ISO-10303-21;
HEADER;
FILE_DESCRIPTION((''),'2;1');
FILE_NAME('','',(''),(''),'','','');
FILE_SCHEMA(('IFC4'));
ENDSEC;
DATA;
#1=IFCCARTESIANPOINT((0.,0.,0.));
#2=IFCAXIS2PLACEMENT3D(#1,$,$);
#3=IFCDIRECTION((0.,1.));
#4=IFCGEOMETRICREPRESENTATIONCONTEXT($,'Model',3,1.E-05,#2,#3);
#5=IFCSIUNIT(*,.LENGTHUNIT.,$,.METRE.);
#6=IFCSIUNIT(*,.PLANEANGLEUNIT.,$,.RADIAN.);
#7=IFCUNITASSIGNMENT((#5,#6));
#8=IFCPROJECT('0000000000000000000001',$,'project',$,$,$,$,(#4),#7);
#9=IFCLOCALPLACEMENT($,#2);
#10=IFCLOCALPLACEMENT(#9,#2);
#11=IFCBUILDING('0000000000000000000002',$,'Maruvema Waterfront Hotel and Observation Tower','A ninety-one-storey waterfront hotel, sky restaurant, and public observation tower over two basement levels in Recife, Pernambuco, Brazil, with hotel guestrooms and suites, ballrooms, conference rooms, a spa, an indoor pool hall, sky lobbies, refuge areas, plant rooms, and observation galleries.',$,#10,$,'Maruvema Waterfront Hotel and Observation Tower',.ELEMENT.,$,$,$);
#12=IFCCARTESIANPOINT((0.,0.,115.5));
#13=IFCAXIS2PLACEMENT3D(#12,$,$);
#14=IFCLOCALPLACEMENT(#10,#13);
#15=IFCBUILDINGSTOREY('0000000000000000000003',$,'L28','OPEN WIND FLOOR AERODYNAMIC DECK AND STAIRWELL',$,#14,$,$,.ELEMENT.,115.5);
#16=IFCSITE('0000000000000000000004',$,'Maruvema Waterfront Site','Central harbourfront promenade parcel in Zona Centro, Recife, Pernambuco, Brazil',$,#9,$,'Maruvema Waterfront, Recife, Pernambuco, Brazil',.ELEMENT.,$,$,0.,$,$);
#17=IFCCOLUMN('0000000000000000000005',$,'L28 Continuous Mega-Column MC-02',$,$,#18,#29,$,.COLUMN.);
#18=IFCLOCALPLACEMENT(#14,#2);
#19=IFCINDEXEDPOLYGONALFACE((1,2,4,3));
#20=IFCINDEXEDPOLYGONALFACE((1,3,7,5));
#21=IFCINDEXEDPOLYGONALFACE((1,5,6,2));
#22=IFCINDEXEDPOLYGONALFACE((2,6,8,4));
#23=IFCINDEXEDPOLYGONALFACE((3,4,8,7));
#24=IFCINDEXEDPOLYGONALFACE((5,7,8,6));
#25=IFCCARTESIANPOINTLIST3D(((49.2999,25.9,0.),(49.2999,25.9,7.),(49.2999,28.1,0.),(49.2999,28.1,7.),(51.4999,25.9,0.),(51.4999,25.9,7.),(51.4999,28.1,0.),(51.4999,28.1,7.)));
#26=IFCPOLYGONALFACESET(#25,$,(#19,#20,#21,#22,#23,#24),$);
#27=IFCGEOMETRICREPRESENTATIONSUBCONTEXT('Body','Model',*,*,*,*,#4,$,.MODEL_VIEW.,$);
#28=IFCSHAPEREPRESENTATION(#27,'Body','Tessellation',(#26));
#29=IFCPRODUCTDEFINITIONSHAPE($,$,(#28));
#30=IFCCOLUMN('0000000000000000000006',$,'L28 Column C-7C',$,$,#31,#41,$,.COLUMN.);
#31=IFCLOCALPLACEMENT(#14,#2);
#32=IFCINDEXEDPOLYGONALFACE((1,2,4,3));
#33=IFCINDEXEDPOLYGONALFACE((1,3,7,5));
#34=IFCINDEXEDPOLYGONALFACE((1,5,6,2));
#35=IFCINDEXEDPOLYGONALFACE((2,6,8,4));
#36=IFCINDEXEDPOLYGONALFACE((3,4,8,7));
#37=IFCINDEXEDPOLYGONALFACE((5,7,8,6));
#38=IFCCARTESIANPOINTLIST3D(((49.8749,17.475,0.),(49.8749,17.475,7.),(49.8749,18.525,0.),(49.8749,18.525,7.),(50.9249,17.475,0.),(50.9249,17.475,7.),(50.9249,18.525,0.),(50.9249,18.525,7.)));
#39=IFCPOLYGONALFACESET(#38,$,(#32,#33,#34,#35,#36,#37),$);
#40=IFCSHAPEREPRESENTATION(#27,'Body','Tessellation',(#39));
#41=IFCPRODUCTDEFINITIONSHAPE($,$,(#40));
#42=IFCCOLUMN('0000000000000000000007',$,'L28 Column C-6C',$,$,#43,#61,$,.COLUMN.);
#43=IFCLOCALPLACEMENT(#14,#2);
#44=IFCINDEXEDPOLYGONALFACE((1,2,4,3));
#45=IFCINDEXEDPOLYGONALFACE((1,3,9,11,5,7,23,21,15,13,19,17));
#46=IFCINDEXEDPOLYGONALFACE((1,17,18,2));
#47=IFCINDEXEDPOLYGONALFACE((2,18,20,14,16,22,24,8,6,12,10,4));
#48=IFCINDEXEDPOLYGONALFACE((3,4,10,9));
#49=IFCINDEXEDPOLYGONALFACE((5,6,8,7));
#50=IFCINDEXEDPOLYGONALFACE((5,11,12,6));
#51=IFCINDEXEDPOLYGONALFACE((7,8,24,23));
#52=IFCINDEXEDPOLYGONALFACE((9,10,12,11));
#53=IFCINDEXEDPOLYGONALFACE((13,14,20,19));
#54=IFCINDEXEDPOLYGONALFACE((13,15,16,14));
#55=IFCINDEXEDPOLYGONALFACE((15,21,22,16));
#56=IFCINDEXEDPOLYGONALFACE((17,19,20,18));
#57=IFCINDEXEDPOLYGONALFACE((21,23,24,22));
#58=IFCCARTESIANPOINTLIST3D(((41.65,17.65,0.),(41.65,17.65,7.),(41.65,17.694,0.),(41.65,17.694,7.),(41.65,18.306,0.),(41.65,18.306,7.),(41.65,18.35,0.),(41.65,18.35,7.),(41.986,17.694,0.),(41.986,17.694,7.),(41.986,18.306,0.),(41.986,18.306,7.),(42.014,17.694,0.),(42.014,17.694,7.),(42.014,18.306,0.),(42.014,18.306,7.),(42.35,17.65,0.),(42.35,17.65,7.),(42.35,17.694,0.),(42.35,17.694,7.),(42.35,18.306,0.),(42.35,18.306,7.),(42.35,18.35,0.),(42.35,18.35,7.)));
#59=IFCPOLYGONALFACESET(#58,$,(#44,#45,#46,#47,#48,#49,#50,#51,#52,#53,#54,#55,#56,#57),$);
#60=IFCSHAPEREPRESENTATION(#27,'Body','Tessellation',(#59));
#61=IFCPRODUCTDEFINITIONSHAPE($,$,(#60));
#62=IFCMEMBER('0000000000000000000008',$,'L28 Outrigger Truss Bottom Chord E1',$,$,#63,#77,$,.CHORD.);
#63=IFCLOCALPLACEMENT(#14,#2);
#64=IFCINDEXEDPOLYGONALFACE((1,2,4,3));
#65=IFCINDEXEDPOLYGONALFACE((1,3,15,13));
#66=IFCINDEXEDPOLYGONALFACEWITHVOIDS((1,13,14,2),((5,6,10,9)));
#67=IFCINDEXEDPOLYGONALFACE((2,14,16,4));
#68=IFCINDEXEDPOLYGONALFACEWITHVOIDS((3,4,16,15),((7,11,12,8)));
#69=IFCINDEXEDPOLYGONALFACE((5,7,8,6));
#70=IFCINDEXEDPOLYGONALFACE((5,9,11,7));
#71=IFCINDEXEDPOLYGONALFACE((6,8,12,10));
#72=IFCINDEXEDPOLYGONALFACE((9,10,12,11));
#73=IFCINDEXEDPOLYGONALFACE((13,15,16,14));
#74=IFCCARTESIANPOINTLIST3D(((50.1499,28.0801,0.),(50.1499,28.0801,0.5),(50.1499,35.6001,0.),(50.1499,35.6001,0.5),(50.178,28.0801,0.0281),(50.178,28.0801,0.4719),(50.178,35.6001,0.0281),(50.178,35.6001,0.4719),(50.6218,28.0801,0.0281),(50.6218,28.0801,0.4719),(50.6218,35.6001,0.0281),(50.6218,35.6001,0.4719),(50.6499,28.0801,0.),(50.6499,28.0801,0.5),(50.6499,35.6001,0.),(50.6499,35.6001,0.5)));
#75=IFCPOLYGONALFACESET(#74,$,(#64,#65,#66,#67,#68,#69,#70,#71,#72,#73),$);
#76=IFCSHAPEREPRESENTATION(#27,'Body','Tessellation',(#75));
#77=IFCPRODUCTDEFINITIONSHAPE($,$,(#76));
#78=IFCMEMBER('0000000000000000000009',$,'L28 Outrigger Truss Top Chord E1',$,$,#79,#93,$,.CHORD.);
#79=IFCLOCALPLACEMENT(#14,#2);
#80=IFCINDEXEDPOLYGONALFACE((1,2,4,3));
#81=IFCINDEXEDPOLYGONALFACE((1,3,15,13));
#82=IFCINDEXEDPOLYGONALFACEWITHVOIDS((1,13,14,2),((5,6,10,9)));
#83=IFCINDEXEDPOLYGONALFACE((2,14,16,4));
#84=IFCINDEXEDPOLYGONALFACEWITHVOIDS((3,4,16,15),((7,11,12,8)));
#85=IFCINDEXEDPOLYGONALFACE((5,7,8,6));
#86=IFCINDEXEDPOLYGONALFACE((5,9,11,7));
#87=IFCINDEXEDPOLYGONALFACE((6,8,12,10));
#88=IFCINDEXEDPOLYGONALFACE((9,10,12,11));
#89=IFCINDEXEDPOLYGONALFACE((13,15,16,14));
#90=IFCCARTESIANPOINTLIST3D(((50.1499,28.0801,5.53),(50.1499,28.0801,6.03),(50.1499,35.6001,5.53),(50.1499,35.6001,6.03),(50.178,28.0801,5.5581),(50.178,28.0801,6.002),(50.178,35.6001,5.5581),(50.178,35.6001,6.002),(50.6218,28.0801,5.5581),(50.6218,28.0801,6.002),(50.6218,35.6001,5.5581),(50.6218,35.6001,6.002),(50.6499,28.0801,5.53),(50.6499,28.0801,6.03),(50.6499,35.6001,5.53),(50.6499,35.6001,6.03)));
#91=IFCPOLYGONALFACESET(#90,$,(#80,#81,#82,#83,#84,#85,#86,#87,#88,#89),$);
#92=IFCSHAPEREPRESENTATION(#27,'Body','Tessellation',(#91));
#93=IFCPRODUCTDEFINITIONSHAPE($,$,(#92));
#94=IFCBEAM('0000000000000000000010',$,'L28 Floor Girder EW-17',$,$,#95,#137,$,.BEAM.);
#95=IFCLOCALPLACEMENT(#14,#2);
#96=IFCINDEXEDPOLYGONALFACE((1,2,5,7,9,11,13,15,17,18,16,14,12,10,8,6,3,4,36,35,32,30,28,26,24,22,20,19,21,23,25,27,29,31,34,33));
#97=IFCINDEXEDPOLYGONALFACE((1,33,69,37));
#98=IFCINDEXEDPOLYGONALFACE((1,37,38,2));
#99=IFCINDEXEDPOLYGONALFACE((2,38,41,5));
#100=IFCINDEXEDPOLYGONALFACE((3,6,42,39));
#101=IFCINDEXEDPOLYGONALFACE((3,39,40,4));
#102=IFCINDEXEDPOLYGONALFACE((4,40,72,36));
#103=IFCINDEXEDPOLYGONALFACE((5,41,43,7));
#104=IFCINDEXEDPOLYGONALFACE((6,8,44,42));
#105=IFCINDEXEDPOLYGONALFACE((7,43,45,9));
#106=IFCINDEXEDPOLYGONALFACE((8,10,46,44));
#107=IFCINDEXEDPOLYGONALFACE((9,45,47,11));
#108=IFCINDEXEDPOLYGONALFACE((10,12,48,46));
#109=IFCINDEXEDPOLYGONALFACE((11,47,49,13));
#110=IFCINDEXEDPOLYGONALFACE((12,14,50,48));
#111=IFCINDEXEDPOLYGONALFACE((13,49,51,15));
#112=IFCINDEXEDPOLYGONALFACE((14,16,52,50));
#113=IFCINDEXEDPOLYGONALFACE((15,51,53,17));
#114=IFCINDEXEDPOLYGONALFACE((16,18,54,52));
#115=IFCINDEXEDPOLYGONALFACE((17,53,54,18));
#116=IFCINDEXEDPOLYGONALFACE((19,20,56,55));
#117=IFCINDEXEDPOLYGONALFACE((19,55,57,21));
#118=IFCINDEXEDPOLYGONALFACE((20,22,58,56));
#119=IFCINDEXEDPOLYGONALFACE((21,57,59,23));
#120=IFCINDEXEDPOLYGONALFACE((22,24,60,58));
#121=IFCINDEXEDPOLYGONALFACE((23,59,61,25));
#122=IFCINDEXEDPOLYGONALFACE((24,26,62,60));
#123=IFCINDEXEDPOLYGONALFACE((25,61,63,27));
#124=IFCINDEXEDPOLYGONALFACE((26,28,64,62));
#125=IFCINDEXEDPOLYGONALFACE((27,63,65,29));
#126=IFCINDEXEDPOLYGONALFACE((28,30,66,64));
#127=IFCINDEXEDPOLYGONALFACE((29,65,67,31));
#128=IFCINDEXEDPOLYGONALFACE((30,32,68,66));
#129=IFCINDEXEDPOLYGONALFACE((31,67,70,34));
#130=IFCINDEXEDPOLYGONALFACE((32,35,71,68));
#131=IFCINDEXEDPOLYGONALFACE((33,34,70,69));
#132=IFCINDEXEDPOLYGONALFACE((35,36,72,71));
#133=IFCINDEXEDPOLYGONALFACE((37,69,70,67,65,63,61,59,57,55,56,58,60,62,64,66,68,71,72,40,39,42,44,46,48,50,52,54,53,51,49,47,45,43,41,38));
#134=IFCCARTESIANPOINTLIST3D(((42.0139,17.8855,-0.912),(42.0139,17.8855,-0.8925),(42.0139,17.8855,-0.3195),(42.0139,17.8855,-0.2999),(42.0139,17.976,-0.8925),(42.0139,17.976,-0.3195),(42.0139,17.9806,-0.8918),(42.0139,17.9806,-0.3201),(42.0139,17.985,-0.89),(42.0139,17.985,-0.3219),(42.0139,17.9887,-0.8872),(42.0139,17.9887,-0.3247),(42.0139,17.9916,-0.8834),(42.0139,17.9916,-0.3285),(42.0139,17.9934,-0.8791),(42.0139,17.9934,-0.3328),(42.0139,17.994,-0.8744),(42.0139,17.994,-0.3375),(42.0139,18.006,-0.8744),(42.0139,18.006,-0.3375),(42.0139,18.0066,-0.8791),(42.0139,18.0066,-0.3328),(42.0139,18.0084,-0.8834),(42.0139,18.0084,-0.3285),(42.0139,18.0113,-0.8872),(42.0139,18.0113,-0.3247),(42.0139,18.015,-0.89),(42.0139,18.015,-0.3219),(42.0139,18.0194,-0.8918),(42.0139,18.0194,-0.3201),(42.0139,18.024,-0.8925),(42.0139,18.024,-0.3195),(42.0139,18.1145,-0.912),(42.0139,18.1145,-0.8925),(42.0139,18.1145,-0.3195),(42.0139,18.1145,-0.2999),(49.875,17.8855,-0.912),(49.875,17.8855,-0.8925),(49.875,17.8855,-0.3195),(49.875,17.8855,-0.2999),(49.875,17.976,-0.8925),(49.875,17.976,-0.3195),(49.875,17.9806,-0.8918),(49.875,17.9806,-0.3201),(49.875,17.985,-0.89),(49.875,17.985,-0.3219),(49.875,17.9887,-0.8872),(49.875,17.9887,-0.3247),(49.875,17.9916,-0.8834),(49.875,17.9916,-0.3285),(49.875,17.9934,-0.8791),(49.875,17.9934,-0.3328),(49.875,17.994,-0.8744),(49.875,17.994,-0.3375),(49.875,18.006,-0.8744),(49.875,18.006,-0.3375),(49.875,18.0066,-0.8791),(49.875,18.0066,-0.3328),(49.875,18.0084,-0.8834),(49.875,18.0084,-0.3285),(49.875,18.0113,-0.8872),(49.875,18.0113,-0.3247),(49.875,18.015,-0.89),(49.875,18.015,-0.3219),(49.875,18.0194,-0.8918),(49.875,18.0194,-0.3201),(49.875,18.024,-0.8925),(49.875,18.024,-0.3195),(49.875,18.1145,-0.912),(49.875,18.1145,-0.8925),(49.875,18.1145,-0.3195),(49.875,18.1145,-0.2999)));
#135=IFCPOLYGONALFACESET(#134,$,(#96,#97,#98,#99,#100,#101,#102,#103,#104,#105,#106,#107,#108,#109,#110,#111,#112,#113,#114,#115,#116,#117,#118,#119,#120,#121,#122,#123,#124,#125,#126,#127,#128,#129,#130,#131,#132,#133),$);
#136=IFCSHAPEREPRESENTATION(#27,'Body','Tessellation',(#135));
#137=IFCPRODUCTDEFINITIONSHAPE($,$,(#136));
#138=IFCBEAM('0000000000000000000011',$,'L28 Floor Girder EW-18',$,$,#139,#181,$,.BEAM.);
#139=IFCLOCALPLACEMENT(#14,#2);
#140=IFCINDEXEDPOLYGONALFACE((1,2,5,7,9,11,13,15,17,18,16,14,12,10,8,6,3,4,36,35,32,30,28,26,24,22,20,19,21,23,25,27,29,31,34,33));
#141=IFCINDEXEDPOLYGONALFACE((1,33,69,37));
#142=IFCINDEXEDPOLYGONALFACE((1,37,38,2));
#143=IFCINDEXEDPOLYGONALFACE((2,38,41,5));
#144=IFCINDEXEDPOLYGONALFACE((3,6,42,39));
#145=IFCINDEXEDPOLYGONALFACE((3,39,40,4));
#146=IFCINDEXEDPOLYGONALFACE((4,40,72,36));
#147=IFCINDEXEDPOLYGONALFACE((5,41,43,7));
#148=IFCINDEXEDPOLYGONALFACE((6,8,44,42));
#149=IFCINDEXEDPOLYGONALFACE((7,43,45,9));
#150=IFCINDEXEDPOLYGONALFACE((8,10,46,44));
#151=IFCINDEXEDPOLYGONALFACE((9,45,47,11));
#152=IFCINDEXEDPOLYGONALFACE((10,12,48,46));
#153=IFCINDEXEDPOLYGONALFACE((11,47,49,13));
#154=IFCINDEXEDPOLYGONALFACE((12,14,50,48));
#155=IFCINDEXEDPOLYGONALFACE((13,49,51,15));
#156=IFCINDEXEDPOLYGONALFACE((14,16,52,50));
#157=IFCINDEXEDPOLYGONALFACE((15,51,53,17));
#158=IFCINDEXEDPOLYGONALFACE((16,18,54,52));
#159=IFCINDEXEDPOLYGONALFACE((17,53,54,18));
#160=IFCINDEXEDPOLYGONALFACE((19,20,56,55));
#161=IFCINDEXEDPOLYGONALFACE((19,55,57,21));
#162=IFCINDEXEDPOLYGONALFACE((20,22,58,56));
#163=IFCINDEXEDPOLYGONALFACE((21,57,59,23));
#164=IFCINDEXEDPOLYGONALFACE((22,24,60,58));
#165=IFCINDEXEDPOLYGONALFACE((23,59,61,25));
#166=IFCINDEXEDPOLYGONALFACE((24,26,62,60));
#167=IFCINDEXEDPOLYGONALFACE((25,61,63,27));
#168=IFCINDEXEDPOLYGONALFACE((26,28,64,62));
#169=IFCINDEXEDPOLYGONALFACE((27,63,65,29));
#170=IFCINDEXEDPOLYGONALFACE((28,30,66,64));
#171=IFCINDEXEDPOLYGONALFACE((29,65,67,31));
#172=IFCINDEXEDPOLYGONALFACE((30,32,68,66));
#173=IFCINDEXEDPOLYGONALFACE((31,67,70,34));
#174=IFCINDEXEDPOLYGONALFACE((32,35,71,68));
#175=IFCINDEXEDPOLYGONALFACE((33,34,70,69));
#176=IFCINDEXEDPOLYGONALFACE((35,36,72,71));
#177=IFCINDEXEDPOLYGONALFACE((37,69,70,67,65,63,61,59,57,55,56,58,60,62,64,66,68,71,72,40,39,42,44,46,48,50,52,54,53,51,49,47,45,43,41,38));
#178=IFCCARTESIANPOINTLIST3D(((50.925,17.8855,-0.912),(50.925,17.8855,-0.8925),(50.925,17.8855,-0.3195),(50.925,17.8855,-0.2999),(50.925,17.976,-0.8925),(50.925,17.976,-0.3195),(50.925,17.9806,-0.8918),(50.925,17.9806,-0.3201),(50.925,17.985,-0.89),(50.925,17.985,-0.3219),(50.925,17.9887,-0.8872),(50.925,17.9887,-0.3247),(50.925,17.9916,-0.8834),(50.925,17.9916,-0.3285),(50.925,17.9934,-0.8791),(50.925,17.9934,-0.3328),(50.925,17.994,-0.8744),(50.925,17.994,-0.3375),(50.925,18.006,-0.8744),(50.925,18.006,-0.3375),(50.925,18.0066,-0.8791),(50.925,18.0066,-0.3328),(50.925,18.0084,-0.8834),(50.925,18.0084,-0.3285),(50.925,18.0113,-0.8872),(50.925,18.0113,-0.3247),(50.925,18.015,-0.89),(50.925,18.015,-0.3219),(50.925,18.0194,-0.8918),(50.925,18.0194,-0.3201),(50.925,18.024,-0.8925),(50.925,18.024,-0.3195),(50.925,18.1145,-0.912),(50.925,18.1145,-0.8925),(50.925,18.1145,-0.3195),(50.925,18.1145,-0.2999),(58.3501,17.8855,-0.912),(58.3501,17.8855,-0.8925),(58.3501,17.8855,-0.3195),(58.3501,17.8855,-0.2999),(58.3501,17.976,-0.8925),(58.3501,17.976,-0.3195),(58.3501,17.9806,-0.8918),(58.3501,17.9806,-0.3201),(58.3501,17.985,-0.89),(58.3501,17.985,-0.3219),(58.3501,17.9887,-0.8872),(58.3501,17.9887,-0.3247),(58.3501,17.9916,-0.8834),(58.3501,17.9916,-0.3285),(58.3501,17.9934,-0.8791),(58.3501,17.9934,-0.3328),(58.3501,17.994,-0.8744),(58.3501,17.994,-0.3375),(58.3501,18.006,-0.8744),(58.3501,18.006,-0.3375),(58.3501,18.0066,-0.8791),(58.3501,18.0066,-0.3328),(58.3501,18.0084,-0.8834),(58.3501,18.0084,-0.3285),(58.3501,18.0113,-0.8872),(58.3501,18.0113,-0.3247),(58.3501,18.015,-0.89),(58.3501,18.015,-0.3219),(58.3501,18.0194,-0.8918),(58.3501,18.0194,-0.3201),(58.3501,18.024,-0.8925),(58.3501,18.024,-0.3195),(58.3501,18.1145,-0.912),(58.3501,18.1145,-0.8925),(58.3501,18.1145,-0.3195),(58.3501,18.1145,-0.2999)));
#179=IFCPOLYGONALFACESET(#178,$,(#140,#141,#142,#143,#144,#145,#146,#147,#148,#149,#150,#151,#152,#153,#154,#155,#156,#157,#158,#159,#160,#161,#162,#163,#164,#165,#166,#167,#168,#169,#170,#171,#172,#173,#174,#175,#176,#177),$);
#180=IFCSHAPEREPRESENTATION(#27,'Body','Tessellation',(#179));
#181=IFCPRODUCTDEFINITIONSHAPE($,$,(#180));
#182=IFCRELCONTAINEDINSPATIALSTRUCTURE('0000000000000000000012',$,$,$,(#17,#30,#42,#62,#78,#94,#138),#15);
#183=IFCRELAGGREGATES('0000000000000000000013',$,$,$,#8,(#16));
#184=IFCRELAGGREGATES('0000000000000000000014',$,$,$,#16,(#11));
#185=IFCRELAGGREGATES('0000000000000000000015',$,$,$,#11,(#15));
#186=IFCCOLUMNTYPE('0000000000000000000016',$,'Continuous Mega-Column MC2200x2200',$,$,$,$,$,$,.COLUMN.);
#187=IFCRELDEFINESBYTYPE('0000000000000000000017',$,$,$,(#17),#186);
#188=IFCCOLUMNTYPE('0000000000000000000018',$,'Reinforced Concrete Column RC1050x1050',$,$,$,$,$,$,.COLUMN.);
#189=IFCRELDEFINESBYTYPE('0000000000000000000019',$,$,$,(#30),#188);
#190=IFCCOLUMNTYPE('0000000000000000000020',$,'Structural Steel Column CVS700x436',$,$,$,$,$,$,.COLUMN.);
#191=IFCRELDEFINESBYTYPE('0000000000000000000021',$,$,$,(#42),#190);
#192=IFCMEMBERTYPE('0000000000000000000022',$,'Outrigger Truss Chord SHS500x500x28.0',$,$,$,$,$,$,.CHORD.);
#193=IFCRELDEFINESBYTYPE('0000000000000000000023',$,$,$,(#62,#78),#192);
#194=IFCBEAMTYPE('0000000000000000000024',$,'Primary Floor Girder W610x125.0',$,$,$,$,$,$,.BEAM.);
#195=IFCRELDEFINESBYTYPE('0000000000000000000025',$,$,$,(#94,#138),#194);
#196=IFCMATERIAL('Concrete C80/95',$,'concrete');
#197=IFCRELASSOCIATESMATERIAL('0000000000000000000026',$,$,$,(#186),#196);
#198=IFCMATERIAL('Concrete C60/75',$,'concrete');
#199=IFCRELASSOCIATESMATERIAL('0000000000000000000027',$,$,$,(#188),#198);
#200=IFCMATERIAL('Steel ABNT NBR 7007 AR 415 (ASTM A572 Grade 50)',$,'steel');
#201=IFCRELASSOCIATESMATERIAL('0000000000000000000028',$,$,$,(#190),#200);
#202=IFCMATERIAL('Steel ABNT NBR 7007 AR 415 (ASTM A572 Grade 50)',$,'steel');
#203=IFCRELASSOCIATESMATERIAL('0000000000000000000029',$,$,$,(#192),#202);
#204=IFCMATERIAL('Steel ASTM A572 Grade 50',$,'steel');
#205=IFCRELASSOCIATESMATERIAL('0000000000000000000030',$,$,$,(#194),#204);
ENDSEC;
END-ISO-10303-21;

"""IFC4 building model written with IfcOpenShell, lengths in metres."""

from ifc_helpers import new_model, si_unit, direction, frame, origin, origin_2d, place, context, subcontext, project, spatial, rectangle, hollow_rectangle, i_section, extrude, material, material_profile, profile_set, type_object, element, save


model = new_model("IFC4")

# Units and contexts
model_context = context("Model", 3, precision=1e-05, world=origin(), true_north=direction((0.0, 1.0)))
body_context = subcontext(model_context, "Body", "Model", "MODEL_VIEW")
ifc_project = project(units=[si_unit("LENGTHUNIT", "METRE"), si_unit("PLANEANGLEUNIT", "RADIAN")], contexts=[model_context])

# Site, building, storey
site_placement = place(None, origin())
site = spatial("IfcSite", under=ifc_project, at=site_placement, Name="Maruvema Waterfront Site", Description="Central harbourfront promenade parcel in Zona Centro, Recife, Pernambuco, Brazil", LongName="Maruvema Waterfront, Recife, Pernambuco, Brazil", CompositionType="ELEMENT", RefElevation=0.0)
building_placement = place(site_placement, origin())
building = spatial("IfcBuilding", under=site, at=building_placement, Name="Maruvema Waterfront Hotel and Observation Tower", Description="A ninety-one-storey waterfront hotel, sky restaurant, and public observation tower over two basement levels in Recife, Pernambuco, Brazil, with hotel guestrooms and suites, ballrooms, conference rooms, a spa, an indoor pool hall, sky lobbies, refuge areas, plant rooms, and observation galleries.", LongName="Maruvema Waterfront Hotel and Observation Tower", CompositionType="ELEMENT")
storey_placement = place(building_placement, frame((0.0, 0.0, 115.5)))
storey = spatial("IfcBuildingStorey", under=building, at=storey_placement, Name="L28", Description="OPEN WIND FLOOR AERODYNAMIC DECK AND STAIRWELL", CompositionType="ELEMENT", Elevation=115.5)

# Columns
ifc_material_1 = material(Name="Concrete C80/95", Category="concrete")
ifc_material_profile_1 = material_profile(ifc_material_1, rectangle(XDim=2.2, YDim=2.2, at=origin_2d()), Name="MC2200x2200")
ifc_profile_set_1 = profile_set([ifc_material_profile_1], Name="Concrete C80/95")
column_type_1 = type_object("IfcColumnType", Name="Continuous Mega-Column MC2200x2200", PredefinedType="COLUMN", material=ifc_profile_set_1)
column_1_placement = place(storey_placement, frame((50.3999, 27.0, 0.0), z_axis=(0.0, 0.0, 1.0), x_axis=(1.0, 0.0, 0.0)))
element("IfcColumn", 1, at=column_1_placement, inside=storey, type_object=column_type_1, Name="L28 Continuous Mega-Column MC-02", PredefinedType="COLUMN", context=body_context, shape_type="SweptSolid", body=[
    extrude(rectangle(XDim=2.2, YDim=2.2, at=origin_2d()), origin(), (0.0, 0.0, 1.0), 7.0),
])
ifc_material_2 = material(Name="Concrete C60/75", Category="concrete")
ifc_material_profile_2 = material_profile(ifc_material_2, rectangle(XDim=1.05, YDim=1.05, at=origin_2d()), Name="RC1050x1050")
ifc_profile_set_2 = profile_set([ifc_material_profile_2], Name="Concrete C60/75")
column_type_2 = type_object("IfcColumnType", Name="Reinforced Concrete Column RC1050x1050", PredefinedType="COLUMN", material=ifc_profile_set_2)
column_2_placement = place(storey_placement, frame((50.3999, 18.0, 0.0), z_axis=(0.0, 0.0, 1.0), x_axis=(1.0, 0.0, 0.0)))
element("IfcColumn", 2, at=column_2_placement, inside=storey, type_object=column_type_2, Name="L28 Column C-7C", PredefinedType="COLUMN", context=body_context, shape_type="SweptSolid", body=[
    extrude(rectangle(XDim=1.05, YDim=1.05, at=origin_2d()), origin(), (0.0, 0.0, 1.0), 7.0),
])
ifc_material_3 = material(Name="Steel ABNT NBR 7007 AR 415 (ASTM A572 Grade 50)", Category="steel")
ifc_material_profile_3 = material_profile(ifc_material_3, i_section(OverallWidth=0.7, OverallDepth=0.7, WebThickness=0.0281, FlangeThickness=0.0439, at=origin_2d()), Name="CVS700x436")
ifc_profile_set_3 = profile_set([ifc_material_profile_3], Name="Steel ABNT NBR 7007 AR 415 (ASTM A572 Grade 50)")
column_type_3 = type_object("IfcColumnType", Name="Structural Steel Column CVS700x436", PredefinedType="COLUMN", material=ifc_profile_set_3)
column_3_placement = place(storey_placement, frame((42.0, 18.0, 0.0), z_axis=(0.0, 0.0, 1.0), x_axis=(1.0, 0.0, 0.0)))
element("IfcColumn", 3, at=column_3_placement, inside=storey, type_object=column_type_3, Name="L28 Column C-6C", PredefinedType="COLUMN", context=body_context, shape_type="SweptSolid", body=[
    extrude(i_section(OverallWidth=0.7, OverallDepth=0.7, WebThickness=0.0281, FlangeThickness=0.0439, at=origin_2d()), origin(), (0.0, 0.0, 1.0), 7.0),
])

# Members
ifc_material_4 = material(Name="Steel ABNT NBR 7007 AR 415 (ASTM A572 Grade 50)", Category="steel")
ifc_material_profile_4 = material_profile(ifc_material_4, hollow_rectangle(XDim=0.5, YDim=0.5, WallThickness=0.0281, at=origin_2d()), Name="SHS500x500x28.0")
ifc_profile_set_4 = profile_set([ifc_material_profile_4], Name="Steel ABNT NBR 7007 AR 415 (ASTM A572 Grade 50)")
member_type = type_object("IfcMemberType", Name="Outrigger Truss Chord SHS500x500x28.0", PredefinedType="CHORD", material=ifc_profile_set_4)
for number, where, z_axis, x_axis, name in (
    (4, (50.3999, 28.0801, 0.25), (0.0, 1.0, 0.0), (-1.0, 0.0, 0.0), "L28 Outrigger Truss Bottom Chord E1"),
    (5, (50.3999, 28.0801, 5.78), (0.0, 1.0, 0.0), (-1.0, 0.0, 0.0), "L28 Outrigger Truss Top Chord E1"),
):
    element("IfcMember", number, at=place(storey_placement, frame(where, z_axis=z_axis, x_axis=x_axis)), inside=storey, type_object=member_type, Name=name, PredefinedType="CHORD", context=body_context, shape_type="SweptSolid", body=[
        extrude(hollow_rectangle(XDim=0.5, YDim=0.5, WallThickness=0.0281, at=origin_2d()), origin(), (0.0, 0.0, 1.0), 7.52),
    ])

# Beams
ifc_material_5 = material(Name="Steel ASTM A572 Grade 50", Category="steel")
ifc_material_profile_5 = material_profile(ifc_material_5, i_section(OverallWidth=0.229, OverallDepth=0.6121, WebThickness=0.012, FlangeThickness=0.0195, FilletRadius=0.0181, at=origin_2d()), Name="W610x125.0")
ifc_profile_set_5 = profile_set([ifc_material_profile_5], Name="Steel ASTM A572 Grade 50")
beam_type = type_object("IfcBeamType", Name="Primary Floor Girder W610x125.0", PredefinedType="BEAM", material=ifc_profile_set_5)
beam_1_placement = place(storey_placement, frame((42.0139, 18.0, -0.606), z_axis=(1.0, 0.0, 0.0), x_axis=(0.0, 1.0, 0.0)))
element("IfcBeam", 6, at=beam_1_placement, inside=storey, type_object=beam_type, Name="L28 Floor Girder EW-17", PredefinedType="BEAM", context=body_context, shape_type="SweptSolid", body=[
    extrude(i_section(OverallWidth=0.229, OverallDepth=0.6121, WebThickness=0.012, FlangeThickness=0.0195, FilletRadius=0.0181, at=origin_2d()), origin(), (0.0, 0.0, 1.0), 7.8611),
])
beam_2_placement = place(storey_placement, frame((50.925, 18.0, -0.606), z_axis=(1.0, 0.0, 0.0), x_axis=(0.0, 1.0, 0.0)))
element("IfcBeam", 7, at=beam_2_placement, inside=storey, type_object=beam_type, Name="L28 Floor Girder EW-18", PredefinedType="BEAM", context=body_context, shape_type="SweptSolid", body=[
    extrude(i_section(OverallWidth=0.229, OverallDepth=0.6121, WebThickness=0.012, FlangeThickness=0.0195, FilletRadius=0.0181, at=origin_2d()), origin(), (0.0, 0.0, 1.0), 7.425),
])

save(model, "model.ifc")
